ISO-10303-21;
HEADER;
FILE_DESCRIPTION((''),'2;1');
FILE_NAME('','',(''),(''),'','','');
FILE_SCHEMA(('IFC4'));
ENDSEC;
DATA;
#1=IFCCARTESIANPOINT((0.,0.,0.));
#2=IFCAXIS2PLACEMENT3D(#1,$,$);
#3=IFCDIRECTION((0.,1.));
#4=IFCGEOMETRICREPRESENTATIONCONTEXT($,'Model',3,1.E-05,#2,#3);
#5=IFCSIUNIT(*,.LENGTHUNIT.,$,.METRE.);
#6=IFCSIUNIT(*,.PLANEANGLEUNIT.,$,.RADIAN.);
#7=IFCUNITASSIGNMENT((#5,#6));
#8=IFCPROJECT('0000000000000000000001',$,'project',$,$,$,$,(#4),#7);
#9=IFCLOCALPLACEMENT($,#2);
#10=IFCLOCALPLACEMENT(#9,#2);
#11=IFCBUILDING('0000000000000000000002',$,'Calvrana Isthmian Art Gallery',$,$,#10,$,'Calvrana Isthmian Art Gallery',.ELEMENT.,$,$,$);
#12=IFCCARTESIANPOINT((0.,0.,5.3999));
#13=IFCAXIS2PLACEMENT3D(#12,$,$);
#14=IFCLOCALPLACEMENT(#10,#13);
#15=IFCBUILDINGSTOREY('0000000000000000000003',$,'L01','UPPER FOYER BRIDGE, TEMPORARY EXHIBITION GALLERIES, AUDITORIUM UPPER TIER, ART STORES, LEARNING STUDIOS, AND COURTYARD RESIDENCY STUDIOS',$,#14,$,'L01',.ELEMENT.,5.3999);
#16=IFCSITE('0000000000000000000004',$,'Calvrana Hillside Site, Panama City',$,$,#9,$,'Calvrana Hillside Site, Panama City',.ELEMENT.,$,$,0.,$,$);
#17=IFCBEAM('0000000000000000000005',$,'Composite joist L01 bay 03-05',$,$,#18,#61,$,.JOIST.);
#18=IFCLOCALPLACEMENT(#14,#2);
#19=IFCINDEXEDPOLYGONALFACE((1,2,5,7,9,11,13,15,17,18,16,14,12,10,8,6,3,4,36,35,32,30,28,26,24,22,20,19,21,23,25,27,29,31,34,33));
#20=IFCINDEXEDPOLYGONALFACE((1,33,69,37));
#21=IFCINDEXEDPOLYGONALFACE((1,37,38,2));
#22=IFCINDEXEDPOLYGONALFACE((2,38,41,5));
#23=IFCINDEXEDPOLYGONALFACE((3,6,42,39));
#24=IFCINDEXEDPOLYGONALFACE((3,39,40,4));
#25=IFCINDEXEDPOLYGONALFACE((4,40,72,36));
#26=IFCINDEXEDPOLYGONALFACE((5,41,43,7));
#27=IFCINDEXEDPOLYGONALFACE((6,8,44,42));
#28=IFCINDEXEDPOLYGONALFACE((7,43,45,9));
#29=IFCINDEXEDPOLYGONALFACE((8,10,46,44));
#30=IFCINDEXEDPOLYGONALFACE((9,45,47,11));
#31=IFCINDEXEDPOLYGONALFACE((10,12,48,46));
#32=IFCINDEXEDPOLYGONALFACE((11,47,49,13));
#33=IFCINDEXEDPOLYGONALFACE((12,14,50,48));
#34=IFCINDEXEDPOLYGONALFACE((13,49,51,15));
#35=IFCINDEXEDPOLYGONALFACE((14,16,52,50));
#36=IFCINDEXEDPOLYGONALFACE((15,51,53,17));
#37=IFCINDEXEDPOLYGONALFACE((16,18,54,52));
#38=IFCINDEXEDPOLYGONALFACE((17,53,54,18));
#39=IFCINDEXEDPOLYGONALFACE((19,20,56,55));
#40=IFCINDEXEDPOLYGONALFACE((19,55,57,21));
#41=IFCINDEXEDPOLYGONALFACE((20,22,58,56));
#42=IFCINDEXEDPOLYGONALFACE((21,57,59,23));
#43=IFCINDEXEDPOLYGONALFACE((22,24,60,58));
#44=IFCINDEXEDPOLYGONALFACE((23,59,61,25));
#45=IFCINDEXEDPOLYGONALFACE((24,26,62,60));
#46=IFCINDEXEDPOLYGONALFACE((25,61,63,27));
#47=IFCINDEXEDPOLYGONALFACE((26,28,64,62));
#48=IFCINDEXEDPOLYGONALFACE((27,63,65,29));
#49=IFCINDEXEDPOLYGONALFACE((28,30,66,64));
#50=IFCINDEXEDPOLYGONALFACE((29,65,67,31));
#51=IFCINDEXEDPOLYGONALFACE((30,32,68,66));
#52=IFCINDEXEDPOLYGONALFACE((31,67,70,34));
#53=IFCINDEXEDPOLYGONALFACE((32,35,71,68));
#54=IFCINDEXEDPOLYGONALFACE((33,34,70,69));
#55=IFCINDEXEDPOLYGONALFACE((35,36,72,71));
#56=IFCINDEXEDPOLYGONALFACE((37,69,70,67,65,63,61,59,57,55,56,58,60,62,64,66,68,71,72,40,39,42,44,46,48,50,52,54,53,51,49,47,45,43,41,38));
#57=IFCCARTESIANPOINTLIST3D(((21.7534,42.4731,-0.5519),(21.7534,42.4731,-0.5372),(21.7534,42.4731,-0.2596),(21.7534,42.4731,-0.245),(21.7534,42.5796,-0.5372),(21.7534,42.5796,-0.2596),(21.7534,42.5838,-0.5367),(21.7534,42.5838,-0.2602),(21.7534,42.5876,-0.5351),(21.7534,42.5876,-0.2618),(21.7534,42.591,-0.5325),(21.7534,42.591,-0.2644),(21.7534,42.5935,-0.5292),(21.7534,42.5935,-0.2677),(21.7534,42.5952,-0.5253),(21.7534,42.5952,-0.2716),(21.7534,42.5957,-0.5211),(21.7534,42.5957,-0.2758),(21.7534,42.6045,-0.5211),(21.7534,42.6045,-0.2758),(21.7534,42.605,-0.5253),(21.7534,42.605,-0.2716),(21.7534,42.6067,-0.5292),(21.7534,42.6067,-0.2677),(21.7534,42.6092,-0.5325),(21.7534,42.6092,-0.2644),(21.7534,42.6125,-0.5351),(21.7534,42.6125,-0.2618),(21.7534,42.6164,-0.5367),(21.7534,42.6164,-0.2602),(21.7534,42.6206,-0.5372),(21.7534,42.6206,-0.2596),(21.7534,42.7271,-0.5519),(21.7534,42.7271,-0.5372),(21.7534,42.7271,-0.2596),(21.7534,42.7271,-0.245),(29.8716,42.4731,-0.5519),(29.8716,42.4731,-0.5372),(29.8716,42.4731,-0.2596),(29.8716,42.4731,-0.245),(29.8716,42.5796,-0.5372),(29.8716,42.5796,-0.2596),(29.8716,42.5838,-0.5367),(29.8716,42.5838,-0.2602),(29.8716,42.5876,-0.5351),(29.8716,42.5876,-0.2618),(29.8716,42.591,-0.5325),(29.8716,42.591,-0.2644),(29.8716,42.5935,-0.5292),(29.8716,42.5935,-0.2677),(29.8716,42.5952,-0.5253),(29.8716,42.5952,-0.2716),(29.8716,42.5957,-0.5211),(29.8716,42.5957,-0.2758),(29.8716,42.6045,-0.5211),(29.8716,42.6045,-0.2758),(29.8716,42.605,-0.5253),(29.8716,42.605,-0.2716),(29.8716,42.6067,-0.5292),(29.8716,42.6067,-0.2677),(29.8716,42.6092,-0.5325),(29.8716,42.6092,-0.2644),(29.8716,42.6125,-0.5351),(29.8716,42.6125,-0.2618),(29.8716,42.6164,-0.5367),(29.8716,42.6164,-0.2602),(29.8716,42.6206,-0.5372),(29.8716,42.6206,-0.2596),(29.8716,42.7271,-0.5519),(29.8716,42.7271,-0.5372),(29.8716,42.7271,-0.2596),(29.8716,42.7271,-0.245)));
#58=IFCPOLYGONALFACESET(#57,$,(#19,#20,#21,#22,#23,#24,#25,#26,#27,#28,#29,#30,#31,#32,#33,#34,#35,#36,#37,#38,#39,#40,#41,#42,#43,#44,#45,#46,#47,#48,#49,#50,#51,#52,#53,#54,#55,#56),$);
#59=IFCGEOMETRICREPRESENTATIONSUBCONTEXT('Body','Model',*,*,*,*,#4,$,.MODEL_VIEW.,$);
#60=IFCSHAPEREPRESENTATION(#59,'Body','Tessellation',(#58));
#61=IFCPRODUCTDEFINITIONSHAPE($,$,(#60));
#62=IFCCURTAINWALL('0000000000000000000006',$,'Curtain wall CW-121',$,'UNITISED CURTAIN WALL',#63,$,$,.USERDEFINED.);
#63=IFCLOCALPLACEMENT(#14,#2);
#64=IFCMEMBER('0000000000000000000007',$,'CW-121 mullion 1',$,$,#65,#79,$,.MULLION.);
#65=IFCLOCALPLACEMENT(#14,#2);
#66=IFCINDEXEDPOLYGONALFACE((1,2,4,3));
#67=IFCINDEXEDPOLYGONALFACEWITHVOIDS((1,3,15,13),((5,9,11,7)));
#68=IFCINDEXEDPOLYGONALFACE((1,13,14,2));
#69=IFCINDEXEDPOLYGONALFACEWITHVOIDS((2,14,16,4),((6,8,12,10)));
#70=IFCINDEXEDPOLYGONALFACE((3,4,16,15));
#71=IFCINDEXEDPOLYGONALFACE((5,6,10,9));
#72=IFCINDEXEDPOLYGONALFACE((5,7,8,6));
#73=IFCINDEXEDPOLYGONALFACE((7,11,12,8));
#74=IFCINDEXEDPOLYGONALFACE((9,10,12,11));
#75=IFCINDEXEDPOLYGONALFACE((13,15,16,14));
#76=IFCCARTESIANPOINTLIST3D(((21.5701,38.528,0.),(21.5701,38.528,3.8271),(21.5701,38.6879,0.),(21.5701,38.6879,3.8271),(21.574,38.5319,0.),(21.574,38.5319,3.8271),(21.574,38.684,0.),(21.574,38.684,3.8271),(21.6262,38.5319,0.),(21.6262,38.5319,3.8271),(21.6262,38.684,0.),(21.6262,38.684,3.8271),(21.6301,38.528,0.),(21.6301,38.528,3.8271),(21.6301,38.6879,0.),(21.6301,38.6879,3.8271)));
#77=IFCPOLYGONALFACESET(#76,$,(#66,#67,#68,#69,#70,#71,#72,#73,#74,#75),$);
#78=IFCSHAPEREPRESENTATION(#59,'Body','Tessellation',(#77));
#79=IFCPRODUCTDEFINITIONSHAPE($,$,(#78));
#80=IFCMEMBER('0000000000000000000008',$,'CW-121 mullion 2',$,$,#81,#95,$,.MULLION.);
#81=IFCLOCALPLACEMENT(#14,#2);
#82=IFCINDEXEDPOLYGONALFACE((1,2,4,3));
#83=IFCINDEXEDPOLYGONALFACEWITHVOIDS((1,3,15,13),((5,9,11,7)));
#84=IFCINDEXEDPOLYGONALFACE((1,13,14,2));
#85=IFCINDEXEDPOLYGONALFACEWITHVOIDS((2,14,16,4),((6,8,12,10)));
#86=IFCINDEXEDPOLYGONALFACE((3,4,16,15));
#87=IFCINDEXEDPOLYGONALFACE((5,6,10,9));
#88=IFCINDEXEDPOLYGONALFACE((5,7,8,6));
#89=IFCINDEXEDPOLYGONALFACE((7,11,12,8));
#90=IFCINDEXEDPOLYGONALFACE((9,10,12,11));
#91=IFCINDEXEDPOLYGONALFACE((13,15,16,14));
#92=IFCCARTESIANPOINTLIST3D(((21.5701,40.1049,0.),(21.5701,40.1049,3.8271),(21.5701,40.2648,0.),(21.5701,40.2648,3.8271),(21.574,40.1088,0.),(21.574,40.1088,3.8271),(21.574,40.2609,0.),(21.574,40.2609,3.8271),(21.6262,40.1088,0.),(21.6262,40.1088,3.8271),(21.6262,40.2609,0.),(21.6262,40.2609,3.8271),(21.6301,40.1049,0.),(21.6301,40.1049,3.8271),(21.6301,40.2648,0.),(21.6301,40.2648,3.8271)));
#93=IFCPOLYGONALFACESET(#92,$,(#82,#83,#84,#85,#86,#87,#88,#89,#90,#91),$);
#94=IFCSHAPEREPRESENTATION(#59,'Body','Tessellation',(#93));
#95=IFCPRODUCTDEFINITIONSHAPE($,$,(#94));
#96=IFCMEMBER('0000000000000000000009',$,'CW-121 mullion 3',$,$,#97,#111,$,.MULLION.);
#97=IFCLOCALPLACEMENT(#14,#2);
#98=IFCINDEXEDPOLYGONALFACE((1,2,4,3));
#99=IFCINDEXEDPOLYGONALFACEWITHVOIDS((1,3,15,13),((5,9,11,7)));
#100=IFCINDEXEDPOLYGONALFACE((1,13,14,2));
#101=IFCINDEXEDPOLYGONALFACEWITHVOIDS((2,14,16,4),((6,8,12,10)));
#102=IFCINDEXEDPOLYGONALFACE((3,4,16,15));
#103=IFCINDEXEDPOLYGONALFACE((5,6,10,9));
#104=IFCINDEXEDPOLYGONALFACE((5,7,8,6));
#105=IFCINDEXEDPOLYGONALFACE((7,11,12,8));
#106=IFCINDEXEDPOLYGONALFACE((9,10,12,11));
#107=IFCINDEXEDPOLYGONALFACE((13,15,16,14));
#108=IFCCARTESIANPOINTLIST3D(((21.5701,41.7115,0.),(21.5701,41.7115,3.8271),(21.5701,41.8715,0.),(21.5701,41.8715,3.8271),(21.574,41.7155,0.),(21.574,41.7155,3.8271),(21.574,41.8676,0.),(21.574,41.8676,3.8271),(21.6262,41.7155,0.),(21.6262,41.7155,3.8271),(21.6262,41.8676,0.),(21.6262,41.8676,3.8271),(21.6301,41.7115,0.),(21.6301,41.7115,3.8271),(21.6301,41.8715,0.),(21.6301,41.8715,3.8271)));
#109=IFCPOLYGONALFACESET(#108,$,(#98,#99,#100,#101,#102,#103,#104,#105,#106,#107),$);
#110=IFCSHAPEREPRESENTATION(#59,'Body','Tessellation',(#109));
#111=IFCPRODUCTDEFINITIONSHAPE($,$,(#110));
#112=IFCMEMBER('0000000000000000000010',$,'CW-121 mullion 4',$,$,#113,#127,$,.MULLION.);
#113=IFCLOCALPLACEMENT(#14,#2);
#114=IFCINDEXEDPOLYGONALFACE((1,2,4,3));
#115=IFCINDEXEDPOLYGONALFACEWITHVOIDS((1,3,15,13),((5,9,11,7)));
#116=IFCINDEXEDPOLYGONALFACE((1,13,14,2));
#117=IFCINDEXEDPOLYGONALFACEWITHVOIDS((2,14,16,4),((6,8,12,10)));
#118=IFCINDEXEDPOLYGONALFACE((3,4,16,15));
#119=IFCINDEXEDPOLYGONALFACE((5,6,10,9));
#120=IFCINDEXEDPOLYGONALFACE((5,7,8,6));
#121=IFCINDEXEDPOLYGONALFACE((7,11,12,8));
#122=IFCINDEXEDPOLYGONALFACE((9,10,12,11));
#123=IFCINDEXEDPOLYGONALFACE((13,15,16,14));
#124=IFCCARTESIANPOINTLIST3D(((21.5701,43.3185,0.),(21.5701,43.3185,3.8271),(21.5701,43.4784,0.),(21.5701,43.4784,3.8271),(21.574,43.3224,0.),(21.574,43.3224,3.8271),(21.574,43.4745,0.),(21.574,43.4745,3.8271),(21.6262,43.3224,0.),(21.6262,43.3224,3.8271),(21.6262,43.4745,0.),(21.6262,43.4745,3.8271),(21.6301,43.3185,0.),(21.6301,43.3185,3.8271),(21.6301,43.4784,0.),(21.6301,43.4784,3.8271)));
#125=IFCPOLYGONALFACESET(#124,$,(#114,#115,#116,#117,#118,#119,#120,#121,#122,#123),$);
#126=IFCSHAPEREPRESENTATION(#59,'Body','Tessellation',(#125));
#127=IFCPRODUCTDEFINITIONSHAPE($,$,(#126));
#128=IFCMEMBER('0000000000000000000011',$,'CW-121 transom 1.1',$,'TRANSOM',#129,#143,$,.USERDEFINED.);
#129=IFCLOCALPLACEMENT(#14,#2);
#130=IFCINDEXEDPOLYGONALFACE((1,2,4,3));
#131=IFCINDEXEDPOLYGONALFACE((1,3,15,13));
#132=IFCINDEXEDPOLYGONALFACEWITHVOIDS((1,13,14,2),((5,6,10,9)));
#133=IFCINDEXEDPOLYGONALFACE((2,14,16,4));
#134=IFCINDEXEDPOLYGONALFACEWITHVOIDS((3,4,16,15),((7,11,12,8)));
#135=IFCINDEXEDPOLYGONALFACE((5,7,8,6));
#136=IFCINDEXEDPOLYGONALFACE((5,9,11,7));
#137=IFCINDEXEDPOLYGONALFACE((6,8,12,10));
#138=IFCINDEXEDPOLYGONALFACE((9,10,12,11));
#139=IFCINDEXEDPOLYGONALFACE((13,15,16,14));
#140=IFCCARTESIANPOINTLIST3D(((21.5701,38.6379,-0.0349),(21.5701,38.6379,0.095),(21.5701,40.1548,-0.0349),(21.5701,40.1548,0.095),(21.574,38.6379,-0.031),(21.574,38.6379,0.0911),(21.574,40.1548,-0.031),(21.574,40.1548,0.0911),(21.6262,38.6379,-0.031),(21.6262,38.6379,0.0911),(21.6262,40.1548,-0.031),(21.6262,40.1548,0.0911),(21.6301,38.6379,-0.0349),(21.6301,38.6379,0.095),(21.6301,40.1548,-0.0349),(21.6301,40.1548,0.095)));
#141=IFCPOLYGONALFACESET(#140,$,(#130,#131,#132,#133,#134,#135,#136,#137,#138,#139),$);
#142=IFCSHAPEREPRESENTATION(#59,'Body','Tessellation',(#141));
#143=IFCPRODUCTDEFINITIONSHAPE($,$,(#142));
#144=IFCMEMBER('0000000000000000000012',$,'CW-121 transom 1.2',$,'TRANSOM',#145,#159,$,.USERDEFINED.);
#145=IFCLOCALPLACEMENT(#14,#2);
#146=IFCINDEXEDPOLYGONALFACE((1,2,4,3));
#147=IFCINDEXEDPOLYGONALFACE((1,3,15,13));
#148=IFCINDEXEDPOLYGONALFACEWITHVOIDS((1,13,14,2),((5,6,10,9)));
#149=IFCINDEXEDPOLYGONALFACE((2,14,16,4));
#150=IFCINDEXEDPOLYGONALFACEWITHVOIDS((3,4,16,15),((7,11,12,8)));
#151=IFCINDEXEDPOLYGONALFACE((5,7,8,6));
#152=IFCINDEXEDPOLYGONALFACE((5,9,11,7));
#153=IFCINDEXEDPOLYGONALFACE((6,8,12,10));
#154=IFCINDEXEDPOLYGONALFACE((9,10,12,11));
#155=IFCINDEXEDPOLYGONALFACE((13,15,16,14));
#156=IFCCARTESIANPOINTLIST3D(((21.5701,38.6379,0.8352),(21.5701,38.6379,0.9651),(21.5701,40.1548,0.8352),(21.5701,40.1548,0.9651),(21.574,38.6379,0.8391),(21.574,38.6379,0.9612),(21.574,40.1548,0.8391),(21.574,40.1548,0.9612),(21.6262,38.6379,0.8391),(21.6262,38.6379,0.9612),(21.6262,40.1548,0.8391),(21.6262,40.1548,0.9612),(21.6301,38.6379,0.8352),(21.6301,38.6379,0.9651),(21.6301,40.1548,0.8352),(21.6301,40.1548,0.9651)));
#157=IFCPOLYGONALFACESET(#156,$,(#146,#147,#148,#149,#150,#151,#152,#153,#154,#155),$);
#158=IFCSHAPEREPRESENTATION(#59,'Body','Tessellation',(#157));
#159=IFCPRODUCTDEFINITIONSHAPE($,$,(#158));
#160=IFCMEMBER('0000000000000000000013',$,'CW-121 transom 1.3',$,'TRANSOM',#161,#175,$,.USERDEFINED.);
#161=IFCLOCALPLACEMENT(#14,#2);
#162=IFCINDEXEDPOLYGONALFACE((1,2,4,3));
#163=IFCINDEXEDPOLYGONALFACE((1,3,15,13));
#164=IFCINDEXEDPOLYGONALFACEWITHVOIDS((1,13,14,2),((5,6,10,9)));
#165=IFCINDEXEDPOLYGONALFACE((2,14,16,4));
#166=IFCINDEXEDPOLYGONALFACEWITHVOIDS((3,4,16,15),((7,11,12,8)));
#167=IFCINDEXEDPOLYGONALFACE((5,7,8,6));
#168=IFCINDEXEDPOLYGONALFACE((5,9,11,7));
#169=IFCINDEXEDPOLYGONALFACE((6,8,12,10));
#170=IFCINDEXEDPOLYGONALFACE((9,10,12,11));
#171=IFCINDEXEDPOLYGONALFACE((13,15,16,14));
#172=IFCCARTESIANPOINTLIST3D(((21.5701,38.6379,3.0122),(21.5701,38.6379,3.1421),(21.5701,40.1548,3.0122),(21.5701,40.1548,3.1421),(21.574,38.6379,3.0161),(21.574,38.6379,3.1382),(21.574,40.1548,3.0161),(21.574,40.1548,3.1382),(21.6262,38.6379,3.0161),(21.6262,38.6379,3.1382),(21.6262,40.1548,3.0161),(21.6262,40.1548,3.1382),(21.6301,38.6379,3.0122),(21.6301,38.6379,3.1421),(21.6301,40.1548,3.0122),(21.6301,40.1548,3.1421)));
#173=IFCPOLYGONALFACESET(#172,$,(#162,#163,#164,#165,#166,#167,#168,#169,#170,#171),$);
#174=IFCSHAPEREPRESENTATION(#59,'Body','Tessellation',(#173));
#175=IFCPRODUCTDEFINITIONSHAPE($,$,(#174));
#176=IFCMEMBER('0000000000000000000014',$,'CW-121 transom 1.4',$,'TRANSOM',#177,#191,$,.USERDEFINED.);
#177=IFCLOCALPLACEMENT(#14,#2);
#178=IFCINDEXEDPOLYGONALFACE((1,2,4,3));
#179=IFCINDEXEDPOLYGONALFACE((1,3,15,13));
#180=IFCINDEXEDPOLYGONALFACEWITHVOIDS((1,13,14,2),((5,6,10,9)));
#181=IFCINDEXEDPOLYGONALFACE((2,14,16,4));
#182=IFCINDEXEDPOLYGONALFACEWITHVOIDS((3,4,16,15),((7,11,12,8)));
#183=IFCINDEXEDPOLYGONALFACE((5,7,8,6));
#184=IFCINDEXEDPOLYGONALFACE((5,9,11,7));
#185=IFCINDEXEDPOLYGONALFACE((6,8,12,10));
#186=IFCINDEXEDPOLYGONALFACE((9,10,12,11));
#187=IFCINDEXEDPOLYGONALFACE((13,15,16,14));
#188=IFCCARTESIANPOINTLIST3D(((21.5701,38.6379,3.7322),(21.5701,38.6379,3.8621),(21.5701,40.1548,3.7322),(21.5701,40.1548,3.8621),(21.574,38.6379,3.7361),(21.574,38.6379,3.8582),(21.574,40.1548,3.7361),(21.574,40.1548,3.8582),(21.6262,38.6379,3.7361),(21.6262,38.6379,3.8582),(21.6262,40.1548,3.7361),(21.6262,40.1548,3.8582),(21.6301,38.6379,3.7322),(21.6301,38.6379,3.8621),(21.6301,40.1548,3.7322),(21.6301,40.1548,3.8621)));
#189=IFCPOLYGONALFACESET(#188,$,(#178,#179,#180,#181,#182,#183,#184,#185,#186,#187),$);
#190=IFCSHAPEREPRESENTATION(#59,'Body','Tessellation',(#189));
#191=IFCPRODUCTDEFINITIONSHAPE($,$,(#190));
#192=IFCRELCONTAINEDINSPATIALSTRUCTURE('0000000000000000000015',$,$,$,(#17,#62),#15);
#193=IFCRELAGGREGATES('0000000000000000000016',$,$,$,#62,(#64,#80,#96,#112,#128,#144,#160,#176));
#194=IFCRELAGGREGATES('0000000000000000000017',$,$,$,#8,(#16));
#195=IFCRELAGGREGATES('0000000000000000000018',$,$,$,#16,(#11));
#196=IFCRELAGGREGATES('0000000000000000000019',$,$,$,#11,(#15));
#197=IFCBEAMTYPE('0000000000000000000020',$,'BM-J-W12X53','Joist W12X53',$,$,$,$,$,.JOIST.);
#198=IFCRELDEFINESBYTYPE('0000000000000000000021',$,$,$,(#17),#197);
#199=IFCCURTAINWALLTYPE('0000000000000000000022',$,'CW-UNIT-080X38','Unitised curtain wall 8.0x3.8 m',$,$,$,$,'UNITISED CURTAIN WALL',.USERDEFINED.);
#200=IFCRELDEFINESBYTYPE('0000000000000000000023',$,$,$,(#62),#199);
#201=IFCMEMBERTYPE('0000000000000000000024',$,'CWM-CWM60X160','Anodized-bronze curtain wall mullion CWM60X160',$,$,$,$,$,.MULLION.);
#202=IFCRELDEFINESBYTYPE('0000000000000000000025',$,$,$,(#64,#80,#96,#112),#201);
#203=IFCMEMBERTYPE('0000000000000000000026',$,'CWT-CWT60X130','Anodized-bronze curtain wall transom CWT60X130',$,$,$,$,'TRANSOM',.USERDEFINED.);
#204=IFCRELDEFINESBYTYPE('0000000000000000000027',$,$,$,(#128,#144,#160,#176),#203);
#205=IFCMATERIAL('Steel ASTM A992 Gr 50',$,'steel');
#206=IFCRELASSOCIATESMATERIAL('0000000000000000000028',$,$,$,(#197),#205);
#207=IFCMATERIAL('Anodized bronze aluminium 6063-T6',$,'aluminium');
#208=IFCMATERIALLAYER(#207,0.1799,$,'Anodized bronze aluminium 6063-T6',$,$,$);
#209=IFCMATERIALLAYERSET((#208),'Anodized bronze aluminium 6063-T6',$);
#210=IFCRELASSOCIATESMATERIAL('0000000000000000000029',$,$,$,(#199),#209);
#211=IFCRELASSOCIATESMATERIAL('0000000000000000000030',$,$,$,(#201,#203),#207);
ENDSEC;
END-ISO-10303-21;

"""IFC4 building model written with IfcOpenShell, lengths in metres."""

from ifc_helpers import new_model, si_unit, direction, frame, origin, origin_2d, place, context, subcontext, project, spatial, hollow_rectangle, i_section, extrude, material, layer, layer_set, material_profile, profile_set, type_object, element, aggregate, save


model = new_model("IFC4")

# Units and contexts
model_context = context("Model", 3, precision=1e-05, world=origin(), true_north=direction((0.0, 1.0)))
body_context = subcontext(model_context, "Body", "Model", "MODEL_VIEW")
ifc_project = project(units=[si_unit("LENGTHUNIT", "METRE"), si_unit("PLANEANGLEUNIT", "RADIAN")], contexts=[model_context])

# Site, building, storey
site_placement = place(None, origin())
site = spatial("IfcSite", under=ifc_project, at=site_placement, Name="Calvrana Hillside Site, Panama City", LongName="Calvrana Hillside Site, Panama City", CompositionType="ELEMENT", RefElevation=0.0)
building_placement = place(site_placement, origin())
building = spatial("IfcBuilding", under=site, at=building_placement, Name="Calvrana Isthmian Art Gallery", LongName="Calvrana Isthmian Art Gallery", CompositionType="ELEMENT")
storey_placement = place(building_placement, frame((0.0, 0.0, 5.3999)))
storey = spatial("IfcBuildingStorey", under=building, at=storey_placement, Name="L01", Description="UPPER FOYER BRIDGE, TEMPORARY EXHIBITION GALLERIES, AUDITORIUM UPPER TIER, ART STORES, LEARNING STUDIOS, AND COURTYARD RESIDENCY STUDIOS", LongName="L01", CompositionType="ELEMENT", Elevation=5.3999)

# Beam
ifc_material_1 = material(Name="Steel ASTM A992 Gr 50", Category="steel")
ifc_material_profile_1 = material_profile(ifc_material_1, i_section(OverallWidth=0.2539, OverallDepth=0.3069, WebThickness=0.0088, FlangeThickness=0.0146, FilletRadius=0.0161, at=origin_2d()), Name="W12X53")
ifc_profile_set_1 = profile_set([ifc_material_profile_1], Name="Steel ASTM A992 Gr 50")
beam_type = type_object("IfcBeamType", Name="BM-J-W12X53", Description="Joist W12X53", PredefinedType="JOIST", material=ifc_profile_set_1)
beam_placement = place(storey_placement, frame((21.7534, 42.6001, -0.3984), z_axis=(1.0, 0.0, 0.0), x_axis=(0.0, 1.0, 0.0)))
element("IfcBeam", 1, at=beam_placement, inside=storey, type_object=beam_type, Name="Composite joist L01 bay 03-05", PredefinedType="JOIST", context=body_context, shape_type="SweptSolid", body=[
    extrude(i_section(OverallWidth=0.2539, OverallDepth=0.3069, WebThickness=0.0088, FlangeThickness=0.0146, FilletRadius=0.0161, at=origin_2d()), origin(), (0.0, 0.0, 1.0), 8.1182),
])

# Curtain wall, members
ifc_material_2 = material(Name="Anodized bronze aluminium 6063-T6", Category="aluminium")
ifc_layer_1 = layer(ifc_material_2, 0.1799, Name="Anodized bronze aluminium 6063-T6")
ifc_layer_set_1 = layer_set([ifc_layer_1], Name="Anodized bronze aluminium 6063-T6")
curtain_wall_type = type_object("IfcCurtainWallType", Name="CW-UNIT-080X38", Description="Unitised curtain wall 8.0x3.8 m", ElementType="UNITISED CURTAIN WALL", PredefinedType="USERDEFINED", material=ifc_layer_set_1)
curtain_wall_placement = place(storey_placement, origin())
curtain_wall = element("IfcCurtainWall", 2, at=curtain_wall_placement, inside=storey, type_object=curtain_wall_type, Name="Curtain wall CW-121", ObjectType="UNITISED CURTAIN WALL", PredefinedType="USERDEFINED")
ifc_material_profile_2 = material_profile(ifc_material_2, hollow_rectangle(XDim=0.0601, YDim=0.1599, WallThickness=0.0039, at=origin_2d()), Name="CWM60X160")
ifc_profile_set_2 = profile_set([ifc_material_profile_2], Name="Anodized bronze aluminium 6063-T6")
member_type_1 = type_object("IfcMemberType", Name="CWM-CWM60X160", Description="Anodized-bronze curtain wall mullion CWM60X160", PredefinedType="MULLION", material=ifc_profile_set_2)
member_1_placement = place(storey_placement, frame((21.6001, 38.6079, 0.0), z_axis=(0.0, 0.0, 1.0), x_axis=(-1.0, 0.0, 0.0)))
member_1 = element("IfcMember", 3, at=member_1_placement, type_object=member_type_1, Name="CW-121 mullion 1", PredefinedType="MULLION", context=body_context, shape_type="SweptSolid", body=[
    extrude(hollow_rectangle(XDim=0.0601, YDim=0.1599, WallThickness=0.0039, at=origin_2d()), origin(), (0.0, 0.0, 1.0), 3.8271),
])
member_2_placement = place(storey_placement, frame((21.6001, 40.1848, 0.0), z_axis=(0.0, 0.0, 1.0), x_axis=(-1.0, 0.0, 0.0)))
member_2 = element("IfcMember", 4, at=member_2_placement, type_object=member_type_1, Name="CW-121 mullion 2", PredefinedType="MULLION", context=body_context, shape_type="SweptSolid", body=[
    extrude(hollow_rectangle(XDim=0.0601, YDim=0.1599, WallThickness=0.0039, at=origin_2d()), origin(), (0.0, 0.0, 1.0), 3.8271),
])
member_3_placement = place(storey_placement, frame((21.6001, 41.7915, 0.0), z_axis=(0.0, 0.0, 1.0), x_axis=(-1.0, 0.0, 0.0)))
member_3 = element("IfcMember", 5, at=member_3_placement, type_object=member_type_1, Name="CW-121 mullion 3", PredefinedType="MULLION", context=body_context, shape_type="SweptSolid", body=[
    extrude(hollow_rectangle(XDim=0.0601, YDim=0.1599, WallThickness=0.0039, at=origin_2d()), origin(), (0.0, 0.0, 1.0), 3.8271),
])
member_4_placement = place(storey_placement, frame((21.6001, 43.3984, 0.0), z_axis=(0.0, 0.0, 1.0), x_axis=(-1.0, 0.0, 0.0)))
member_4 = element("IfcMember", 6, at=member_4_placement, type_object=member_type_1, Name="CW-121 mullion 4", PredefinedType="MULLION", context=body_context, shape_type="SweptSolid", body=[
    extrude(hollow_rectangle(XDim=0.0601, YDim=0.1599, WallThickness=0.0039, at=origin_2d()), origin(), (0.0, 0.0, 1.0), 3.8271),
])
ifc_material_profile_3 = material_profile(ifc_material_2, hollow_rectangle(XDim=0.0601, YDim=0.1299, WallThickness=0.0039, at=origin_2d()), Name="CWT60X130")
ifc_profile_set_3 = profile_set([ifc_material_profile_3], Name="Anodized bronze aluminium 6063-T6")
member_type_2 = type_object("IfcMemberType", Name="CWT-CWT60X130", Description="Anodized-bronze curtain wall transom CWT60X130", ElementType="TRANSOM", PredefinedType="USERDEFINED", material=ifc_profile_set_3)
member_5_placement = place(storey_placement, frame((21.6001, 38.6379, 0.03), z_axis=(0.0, 1.0, 0.0), x_axis=(-1.0, 0.0, 0.0)))
member_5 = element("IfcMember", 7, at=member_5_placement, type_object=member_type_2, Name="CW-121 transom 1.1", ObjectType="TRANSOM", PredefinedType="USERDEFINED", context=body_context, shape_type="SweptSolid", body=[
    extrude(hollow_rectangle(XDim=0.0601, YDim=0.1299, WallThickness=0.0039, at=origin_2d()), origin(), (0.0, 0.0, 1.0), 1.5168),
])
member_6_placement = place(storey_placement, frame((21.6001, 38.6379, 0.9001), z_axis=(0.0, 1.0, 0.0), x_axis=(-1.0, 0.0, 0.0)))
member_6 = element("IfcMember", 8, at=member_6_placement, type_object=member_type_2, Name="CW-121 transom 1.2", ObjectType="TRANSOM", PredefinedType="USERDEFINED", context=body_context, shape_type="SweptSolid", body=[
    extrude(hollow_rectangle(XDim=0.0601, YDim=0.1299, WallThickness=0.0039, at=origin_2d()), origin(), (0.0, 0.0, 1.0), 1.5168),
])
member_7_placement = place(storey_placement, frame((21.6001, 38.6379, 3.0771), z_axis=(0.0, 1.0, 0.0), x_axis=(-1.0, 0.0, 0.0)))
member_7 = element("IfcMember", 9, at=member_7_placement, type_object=member_type_2, Name="CW-121 transom 1.3", ObjectType="TRANSOM", PredefinedType="USERDEFINED", context=body_context, shape_type="SweptSolid", body=[
    extrude(hollow_rectangle(XDim=0.0601, YDim=0.1299, WallThickness=0.0039, at=origin_2d()), origin(), (0.0, 0.0, 1.0), 1.5168),
])
member_8_placement = place(storey_placement, frame((21.6001, 38.6379, 3.7971), z_axis=(0.0, 1.0, 0.0), x_axis=(-1.0, 0.0, 0.0)))
member_8 = element("IfcMember", 10, at=member_8_placement, type_object=member_type_2, Name="CW-121 transom 1.4", ObjectType="TRANSOM", PredefinedType="USERDEFINED", context=body_context, shape_type="SweptSolid", body=[
    extrude(hollow_rectangle(XDim=0.0601, YDim=0.1299, WallThickness=0.0039, at=origin_2d()), origin(), (0.0, 0.0, 1.0), 1.5168),
])
aggregate(curtain_wall, [member_1, member_2, member_3, member_4, member_5, member_6, member_7, member_8])

save(model, "model.ifc")
